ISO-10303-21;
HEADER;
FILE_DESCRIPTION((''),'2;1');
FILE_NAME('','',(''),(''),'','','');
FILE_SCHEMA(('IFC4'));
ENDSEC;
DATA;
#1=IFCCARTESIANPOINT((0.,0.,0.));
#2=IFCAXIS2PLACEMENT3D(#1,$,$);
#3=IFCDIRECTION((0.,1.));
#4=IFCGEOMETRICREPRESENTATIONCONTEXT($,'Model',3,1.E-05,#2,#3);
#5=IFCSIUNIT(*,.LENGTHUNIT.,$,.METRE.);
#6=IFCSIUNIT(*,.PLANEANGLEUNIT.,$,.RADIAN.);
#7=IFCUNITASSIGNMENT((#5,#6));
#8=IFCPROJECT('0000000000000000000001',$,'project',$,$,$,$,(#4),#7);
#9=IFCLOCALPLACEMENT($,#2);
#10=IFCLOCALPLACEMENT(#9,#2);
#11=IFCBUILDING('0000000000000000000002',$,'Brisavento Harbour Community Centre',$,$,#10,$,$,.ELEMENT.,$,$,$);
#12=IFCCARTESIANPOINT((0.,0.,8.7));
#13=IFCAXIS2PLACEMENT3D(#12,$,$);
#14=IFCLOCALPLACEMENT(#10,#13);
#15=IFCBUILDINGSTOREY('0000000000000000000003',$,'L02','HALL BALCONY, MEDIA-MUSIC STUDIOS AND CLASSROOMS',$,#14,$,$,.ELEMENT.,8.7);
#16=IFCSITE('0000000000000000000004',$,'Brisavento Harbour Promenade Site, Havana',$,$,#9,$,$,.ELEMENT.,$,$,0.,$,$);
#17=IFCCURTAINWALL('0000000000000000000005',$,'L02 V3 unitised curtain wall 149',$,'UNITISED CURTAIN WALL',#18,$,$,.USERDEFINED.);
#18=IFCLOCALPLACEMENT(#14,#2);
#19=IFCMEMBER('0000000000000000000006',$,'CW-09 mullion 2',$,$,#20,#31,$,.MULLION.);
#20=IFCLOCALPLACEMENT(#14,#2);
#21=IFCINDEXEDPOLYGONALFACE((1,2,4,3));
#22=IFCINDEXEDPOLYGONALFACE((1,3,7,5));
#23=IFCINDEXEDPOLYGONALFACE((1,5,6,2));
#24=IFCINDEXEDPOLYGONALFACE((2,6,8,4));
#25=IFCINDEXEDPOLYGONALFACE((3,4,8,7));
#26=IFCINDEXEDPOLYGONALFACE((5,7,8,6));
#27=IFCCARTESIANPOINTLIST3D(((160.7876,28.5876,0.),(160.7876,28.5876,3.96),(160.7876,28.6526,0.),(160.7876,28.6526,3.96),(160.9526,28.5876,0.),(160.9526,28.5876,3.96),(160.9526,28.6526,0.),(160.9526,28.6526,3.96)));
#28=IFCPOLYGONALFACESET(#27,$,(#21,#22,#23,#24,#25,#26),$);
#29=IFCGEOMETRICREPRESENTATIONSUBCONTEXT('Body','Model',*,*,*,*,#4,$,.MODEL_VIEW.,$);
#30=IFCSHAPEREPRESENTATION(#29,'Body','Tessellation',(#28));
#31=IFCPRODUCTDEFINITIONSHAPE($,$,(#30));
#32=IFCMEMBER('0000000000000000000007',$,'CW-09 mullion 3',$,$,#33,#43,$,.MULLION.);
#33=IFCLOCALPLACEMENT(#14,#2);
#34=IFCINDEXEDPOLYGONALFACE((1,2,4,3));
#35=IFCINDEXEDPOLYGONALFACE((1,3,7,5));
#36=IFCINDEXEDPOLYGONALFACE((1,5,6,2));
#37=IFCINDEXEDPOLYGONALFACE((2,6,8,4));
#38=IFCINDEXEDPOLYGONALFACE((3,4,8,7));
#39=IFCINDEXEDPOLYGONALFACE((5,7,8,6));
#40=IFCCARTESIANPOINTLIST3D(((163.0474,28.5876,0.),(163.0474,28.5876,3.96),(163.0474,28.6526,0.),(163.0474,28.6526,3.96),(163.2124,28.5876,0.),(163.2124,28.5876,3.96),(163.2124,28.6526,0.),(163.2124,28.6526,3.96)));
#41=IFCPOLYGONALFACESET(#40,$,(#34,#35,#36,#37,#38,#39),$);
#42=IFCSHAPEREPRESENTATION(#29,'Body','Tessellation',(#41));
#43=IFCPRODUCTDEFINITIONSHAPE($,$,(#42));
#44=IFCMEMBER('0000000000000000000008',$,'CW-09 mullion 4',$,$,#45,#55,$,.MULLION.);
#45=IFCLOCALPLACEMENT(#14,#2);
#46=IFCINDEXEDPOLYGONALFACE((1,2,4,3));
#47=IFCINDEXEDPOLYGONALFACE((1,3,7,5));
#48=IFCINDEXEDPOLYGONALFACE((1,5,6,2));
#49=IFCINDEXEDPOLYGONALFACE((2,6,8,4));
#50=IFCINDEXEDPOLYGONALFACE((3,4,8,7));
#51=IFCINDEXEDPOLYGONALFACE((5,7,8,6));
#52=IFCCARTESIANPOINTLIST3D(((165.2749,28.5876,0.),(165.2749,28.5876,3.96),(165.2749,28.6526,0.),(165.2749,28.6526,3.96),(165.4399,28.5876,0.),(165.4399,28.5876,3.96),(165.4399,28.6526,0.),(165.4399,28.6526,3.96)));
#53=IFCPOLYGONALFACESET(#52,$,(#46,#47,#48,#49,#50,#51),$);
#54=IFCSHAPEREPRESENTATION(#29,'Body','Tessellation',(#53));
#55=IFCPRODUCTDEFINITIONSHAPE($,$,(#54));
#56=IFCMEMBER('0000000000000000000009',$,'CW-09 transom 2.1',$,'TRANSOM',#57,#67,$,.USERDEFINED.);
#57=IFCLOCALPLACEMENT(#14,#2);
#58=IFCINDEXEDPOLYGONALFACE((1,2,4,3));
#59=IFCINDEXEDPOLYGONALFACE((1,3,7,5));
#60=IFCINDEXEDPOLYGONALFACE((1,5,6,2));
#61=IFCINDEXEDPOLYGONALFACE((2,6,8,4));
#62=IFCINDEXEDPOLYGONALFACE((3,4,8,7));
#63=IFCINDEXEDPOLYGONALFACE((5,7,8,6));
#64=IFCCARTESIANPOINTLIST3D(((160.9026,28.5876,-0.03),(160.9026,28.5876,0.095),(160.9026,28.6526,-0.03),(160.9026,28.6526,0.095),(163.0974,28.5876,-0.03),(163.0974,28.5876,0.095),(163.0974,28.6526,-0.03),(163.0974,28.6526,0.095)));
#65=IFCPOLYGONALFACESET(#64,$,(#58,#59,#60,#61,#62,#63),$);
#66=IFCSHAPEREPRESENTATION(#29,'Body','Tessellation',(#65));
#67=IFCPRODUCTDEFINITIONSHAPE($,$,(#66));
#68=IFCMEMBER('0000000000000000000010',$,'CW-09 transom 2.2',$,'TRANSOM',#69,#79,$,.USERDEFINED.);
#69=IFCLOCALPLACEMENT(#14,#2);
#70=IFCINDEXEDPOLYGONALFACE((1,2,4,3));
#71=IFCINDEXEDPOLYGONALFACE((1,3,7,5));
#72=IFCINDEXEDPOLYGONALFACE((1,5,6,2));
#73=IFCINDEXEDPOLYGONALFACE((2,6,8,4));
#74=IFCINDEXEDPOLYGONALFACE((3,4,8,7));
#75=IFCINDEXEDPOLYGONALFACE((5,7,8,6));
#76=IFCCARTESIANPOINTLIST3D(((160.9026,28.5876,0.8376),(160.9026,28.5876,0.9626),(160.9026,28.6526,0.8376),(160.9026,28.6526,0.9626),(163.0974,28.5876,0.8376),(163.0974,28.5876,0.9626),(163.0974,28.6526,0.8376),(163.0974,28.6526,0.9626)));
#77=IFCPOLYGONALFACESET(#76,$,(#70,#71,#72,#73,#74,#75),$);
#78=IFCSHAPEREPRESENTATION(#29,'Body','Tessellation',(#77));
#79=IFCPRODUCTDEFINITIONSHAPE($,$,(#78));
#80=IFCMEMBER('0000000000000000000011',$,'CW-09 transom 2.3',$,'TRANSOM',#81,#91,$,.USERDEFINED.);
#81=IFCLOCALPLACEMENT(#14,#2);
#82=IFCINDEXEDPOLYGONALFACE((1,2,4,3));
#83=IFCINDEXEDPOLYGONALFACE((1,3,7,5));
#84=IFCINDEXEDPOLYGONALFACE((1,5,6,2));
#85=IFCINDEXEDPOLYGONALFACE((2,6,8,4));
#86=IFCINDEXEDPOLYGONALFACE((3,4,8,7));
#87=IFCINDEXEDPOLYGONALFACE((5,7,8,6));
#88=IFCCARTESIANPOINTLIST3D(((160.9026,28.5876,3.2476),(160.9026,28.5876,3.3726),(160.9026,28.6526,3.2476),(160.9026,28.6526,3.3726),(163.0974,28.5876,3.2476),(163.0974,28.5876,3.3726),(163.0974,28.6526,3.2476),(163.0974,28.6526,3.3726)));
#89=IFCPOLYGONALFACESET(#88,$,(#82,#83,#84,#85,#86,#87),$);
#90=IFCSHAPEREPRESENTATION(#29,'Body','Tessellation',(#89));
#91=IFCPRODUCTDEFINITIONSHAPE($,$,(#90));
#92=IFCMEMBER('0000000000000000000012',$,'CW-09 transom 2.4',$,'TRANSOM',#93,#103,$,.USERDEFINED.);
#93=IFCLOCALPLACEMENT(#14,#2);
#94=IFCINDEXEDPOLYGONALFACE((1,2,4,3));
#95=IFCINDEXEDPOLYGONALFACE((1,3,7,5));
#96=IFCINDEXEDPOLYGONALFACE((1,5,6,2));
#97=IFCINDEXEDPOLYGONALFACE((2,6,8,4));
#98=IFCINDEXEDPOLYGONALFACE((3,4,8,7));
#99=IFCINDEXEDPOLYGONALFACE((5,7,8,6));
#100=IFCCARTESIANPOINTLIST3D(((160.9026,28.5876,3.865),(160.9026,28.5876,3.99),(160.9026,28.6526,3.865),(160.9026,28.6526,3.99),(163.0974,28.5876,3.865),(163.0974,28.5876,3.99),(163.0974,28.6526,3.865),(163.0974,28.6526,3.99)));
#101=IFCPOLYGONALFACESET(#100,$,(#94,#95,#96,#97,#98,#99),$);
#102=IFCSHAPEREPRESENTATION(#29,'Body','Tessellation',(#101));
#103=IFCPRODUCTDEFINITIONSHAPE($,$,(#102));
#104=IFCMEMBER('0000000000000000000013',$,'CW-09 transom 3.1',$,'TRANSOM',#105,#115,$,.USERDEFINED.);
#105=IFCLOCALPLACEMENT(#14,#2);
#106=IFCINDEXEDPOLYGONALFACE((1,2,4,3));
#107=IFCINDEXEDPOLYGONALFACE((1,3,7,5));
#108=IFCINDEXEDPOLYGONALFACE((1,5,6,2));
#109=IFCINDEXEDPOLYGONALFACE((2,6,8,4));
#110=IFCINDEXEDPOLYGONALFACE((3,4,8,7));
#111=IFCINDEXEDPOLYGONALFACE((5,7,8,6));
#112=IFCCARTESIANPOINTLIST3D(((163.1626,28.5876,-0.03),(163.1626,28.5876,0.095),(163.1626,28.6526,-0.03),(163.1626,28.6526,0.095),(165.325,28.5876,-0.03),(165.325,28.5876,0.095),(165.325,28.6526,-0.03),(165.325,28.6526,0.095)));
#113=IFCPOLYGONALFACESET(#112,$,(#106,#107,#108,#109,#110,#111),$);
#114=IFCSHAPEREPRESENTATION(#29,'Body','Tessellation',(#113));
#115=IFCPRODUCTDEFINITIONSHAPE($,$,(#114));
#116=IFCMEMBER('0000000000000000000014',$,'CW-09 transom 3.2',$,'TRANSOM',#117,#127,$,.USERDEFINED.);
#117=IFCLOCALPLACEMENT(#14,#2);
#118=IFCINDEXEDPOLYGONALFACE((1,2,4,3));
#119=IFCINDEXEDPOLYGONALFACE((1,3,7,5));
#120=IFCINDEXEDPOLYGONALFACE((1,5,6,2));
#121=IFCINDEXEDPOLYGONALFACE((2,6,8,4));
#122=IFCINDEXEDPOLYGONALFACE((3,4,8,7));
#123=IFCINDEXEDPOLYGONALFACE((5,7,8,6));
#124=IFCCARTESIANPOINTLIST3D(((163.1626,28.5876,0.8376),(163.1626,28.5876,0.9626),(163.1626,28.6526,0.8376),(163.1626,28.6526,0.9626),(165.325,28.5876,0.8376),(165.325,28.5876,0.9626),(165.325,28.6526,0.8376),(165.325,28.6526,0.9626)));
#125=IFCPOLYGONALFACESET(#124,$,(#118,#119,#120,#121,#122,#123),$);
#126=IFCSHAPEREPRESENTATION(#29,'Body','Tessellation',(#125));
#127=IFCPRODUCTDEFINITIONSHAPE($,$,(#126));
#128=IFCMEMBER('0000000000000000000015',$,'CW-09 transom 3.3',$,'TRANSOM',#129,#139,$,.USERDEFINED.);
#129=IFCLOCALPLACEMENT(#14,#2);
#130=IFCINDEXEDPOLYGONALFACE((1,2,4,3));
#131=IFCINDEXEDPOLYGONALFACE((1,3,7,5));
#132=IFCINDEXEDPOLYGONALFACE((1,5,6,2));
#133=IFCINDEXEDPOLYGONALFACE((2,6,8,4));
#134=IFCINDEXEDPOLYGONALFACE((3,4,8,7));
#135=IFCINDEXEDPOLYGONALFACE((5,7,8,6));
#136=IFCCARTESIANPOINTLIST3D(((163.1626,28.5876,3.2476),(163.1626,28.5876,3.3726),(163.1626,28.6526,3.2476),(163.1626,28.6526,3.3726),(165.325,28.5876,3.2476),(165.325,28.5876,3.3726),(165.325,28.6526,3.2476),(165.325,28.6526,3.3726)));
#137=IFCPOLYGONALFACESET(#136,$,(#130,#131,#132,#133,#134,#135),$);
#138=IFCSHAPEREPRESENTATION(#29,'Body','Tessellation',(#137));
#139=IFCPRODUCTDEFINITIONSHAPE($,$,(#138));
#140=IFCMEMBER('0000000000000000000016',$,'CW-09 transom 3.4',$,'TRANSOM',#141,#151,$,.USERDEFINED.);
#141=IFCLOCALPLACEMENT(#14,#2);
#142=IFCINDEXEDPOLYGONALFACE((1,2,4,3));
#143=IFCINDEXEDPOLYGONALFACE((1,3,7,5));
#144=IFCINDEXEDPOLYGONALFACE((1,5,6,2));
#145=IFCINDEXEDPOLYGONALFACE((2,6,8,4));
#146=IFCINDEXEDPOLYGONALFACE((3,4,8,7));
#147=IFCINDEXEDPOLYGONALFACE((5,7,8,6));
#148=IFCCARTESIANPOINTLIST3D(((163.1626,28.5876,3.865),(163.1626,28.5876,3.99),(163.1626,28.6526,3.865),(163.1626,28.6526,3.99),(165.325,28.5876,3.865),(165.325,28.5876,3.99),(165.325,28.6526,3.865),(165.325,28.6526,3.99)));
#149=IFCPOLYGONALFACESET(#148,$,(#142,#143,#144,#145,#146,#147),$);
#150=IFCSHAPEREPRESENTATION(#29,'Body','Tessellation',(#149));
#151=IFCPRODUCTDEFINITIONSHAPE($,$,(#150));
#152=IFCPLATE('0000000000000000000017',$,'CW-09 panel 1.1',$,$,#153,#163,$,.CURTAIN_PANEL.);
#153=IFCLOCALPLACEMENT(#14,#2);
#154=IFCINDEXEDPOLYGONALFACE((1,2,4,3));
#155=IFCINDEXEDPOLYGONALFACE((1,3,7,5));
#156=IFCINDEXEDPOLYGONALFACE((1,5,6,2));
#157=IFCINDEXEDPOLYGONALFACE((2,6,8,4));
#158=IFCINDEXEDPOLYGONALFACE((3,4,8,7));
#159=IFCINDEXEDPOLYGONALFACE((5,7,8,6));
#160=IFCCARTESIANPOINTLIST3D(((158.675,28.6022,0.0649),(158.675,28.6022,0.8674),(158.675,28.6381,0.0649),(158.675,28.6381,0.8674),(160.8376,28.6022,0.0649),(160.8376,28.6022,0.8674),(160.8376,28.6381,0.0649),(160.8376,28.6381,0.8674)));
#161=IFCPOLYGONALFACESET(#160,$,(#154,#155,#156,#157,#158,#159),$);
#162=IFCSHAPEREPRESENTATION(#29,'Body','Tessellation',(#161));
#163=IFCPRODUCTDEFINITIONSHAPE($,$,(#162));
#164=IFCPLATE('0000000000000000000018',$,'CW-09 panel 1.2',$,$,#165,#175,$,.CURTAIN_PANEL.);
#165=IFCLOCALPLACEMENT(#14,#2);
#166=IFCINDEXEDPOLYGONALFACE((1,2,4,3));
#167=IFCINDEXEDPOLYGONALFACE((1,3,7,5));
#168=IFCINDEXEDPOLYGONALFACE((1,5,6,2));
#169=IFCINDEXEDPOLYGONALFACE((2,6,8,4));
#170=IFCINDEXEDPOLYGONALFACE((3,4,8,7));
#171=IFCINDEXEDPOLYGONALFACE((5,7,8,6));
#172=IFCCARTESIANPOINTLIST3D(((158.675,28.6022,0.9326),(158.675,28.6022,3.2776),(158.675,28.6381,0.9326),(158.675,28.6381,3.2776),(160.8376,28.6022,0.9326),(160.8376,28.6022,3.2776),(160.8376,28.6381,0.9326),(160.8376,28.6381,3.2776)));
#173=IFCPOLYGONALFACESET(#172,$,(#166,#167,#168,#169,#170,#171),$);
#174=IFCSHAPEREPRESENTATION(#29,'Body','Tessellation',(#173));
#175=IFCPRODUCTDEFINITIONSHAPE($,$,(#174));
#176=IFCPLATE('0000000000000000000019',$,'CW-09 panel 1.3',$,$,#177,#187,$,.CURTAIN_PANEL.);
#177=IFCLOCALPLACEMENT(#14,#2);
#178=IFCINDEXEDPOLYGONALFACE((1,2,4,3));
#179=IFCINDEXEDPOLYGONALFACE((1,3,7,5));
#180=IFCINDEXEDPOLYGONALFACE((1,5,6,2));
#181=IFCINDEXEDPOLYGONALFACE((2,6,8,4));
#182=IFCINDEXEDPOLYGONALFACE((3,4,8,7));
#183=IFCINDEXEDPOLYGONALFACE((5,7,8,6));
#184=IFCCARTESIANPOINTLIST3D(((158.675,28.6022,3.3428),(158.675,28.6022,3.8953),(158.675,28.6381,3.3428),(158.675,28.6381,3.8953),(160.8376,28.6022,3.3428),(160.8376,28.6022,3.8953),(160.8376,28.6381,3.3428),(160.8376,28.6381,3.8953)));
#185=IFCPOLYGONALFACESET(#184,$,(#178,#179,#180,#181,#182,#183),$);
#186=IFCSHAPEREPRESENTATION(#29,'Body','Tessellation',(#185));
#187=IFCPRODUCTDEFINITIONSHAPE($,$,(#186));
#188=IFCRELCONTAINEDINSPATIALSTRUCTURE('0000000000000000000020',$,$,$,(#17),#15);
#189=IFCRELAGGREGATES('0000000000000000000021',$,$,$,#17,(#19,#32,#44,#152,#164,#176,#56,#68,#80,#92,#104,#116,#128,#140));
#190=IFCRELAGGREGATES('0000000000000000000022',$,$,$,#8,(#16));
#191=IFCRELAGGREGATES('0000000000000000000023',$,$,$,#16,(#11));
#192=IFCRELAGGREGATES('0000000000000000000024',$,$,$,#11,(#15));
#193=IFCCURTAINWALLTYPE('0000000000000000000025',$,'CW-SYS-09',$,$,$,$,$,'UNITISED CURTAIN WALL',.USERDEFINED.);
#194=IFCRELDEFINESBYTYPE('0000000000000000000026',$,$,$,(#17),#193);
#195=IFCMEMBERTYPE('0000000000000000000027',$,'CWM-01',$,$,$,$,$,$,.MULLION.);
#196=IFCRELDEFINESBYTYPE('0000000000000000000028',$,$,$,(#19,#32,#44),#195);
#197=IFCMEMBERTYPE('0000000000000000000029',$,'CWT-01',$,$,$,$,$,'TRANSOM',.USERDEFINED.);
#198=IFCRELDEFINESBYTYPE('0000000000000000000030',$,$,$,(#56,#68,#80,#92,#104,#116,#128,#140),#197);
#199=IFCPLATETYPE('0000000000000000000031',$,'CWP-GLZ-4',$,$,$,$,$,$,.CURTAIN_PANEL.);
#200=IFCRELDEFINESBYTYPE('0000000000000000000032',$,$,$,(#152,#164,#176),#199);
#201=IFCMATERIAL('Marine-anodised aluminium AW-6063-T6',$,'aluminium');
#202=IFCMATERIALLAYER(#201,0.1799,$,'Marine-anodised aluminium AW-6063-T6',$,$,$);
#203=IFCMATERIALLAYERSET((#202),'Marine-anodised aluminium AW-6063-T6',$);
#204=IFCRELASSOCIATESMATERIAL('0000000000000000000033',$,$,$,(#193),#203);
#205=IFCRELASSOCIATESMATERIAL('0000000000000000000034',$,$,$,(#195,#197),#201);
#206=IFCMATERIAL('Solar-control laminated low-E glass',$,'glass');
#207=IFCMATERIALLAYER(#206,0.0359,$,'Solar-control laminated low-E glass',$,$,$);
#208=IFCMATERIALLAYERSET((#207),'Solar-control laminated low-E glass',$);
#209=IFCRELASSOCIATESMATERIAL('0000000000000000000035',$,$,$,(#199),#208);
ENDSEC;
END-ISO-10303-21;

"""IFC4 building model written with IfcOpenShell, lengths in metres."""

from ifc_helpers import new_model, si_unit, direction, frame, origin, origin_2d, place, context, subcontext, project, spatial, rectangle, extrude, material, layer, layer_set, material_profile, profile_set, type_object, element, aggregate, save


model = new_model("IFC4")

# Units and contexts
model_context = context("Model", 3, precision=1e-05, world=origin(), true_north=direction((0.0, 1.0)))
body_context = subcontext(model_context, "Body", "Model", "MODEL_VIEW")
ifc_project = project(units=[si_unit("LENGTHUNIT", "METRE"), si_unit("PLANEANGLEUNIT", "RADIAN")], contexts=[model_context])

# Site, building, storey
site_placement = place(None, origin())
site = spatial("IfcSite", under=ifc_project, at=site_placement, Name="Brisavento Harbour Promenade Site, Havana", CompositionType="ELEMENT", RefElevation=0.0)
building_placement = place(site_placement, origin())
building = spatial("IfcBuilding", under=site, at=building_placement, Name="Brisavento Harbour Community Centre", CompositionType="ELEMENT")
storey_placement = place(building_placement, frame((0.0, 0.0, 8.7)))
storey = spatial("IfcBuildingStorey", under=building, at=storey_placement, Name="L02", Description="HALL BALCONY, MEDIA-MUSIC STUDIOS AND CLASSROOMS", CompositionType="ELEMENT", Elevation=8.7)

# Curtain wall, members, plates
ifc_material_1 = material(Name="Marine-anodised aluminium AW-6063-T6", Category="aluminium")
ifc_layer_1 = layer(ifc_material_1, 0.1799, Name="Marine-anodised aluminium AW-6063-T6")
ifc_layer_set_1 = layer_set([ifc_layer_1], Name="Marine-anodised aluminium AW-6063-T6")
curtain_wall_type = type_object("IfcCurtainWallType", Name="CW-SYS-09", ElementType="UNITISED CURTAIN WALL", PredefinedType="USERDEFINED", material=ifc_layer_set_1)
curtain_wall_placement = place(storey_placement, origin())
curtain_wall = element("IfcCurtainWall", 1, at=curtain_wall_placement, inside=storey, type_object=curtain_wall_type, Name="L02 V3 unitised curtain wall 149", ObjectType="UNITISED CURTAIN WALL", PredefinedType="USERDEFINED")
ifc_material_profile_1 = material_profile(ifc_material_1, rectangle(XDim=0.0649, YDim=0.165, at=origin_2d()), Name="Marine-anodised aluminium AW-6063-T6")
ifc_profile_set_1 = profile_set([ifc_material_profile_1], Name="Marine-anodised aluminium AW-6063-T6")
member_type_1 = type_object("IfcMemberType", Name="CWM-01", PredefinedType="MULLION", material=ifc_profile_set_1)
member_1_placement = place(storey_placement, frame((160.8701, 28.6201, 0.0), z_axis=(0.0, 0.0, 1.0), x_axis=(0.0, 1.0, 0.0)))
member_1 = element("IfcMember", 2, at=member_1_placement, type_object=member_type_1, Name="CW-09 mullion 2", PredefinedType="MULLION", context=body_context, shape_type="SweptSolid", body=[
    extrude(rectangle(XDim=0.0649, YDim=0.165, at=origin_2d()), origin(), (0.0, 0.0, 1.0), 3.96),
])
member_2_placement = place(storey_placement, frame((163.1299, 28.6201, 0.0), z_axis=(0.0, 0.0, 1.0), x_axis=(0.0, 1.0, 0.0)))
member_2 = element("IfcMember", 3, at=member_2_placement, type_object=member_type_1, Name="CW-09 mullion 3", PredefinedType="MULLION", context=body_context, shape_type="SweptSolid", body=[
    extrude(rectangle(XDim=0.0649, YDim=0.165, at=origin_2d()), origin(), (0.0, 0.0, 1.0), 3.96),
])
member_3_placement = place(storey_placement, frame((165.3574, 28.6201, 0.0), z_axis=(0.0, 0.0, 1.0), x_axis=(0.0, 1.0, 0.0)))
member_3 = element("IfcMember", 4, at=member_3_placement, type_object=member_type_1, Name="CW-09 mullion 4", PredefinedType="MULLION", context=body_context, shape_type="SweptSolid", body=[
    extrude(rectangle(XDim=0.0649, YDim=0.165, at=origin_2d()), origin(), (0.0, 0.0, 1.0), 3.96),
])
ifc_material_profile_2 = material_profile(ifc_material_1, rectangle(XDim=0.0649, YDim=0.125, at=origin_2d()), Name="Marine-anodised aluminium AW-6063-T6")
ifc_profile_set_2 = profile_set([ifc_material_profile_2], Name="Marine-anodised aluminium AW-6063-T6")
member_type_2 = type_object("IfcMemberType", Name="CWT-01", ElementType="TRANSOM", PredefinedType="USERDEFINED", material=ifc_profile_set_2)
member_4_placement = place(storey_placement, frame((160.9026, 28.6201, 0.0325), z_axis=(1.0, 0.0, 0.0), x_axis=(0.0, 1.0, 0.0)))
member_4 = element("IfcMember", 5, at=member_4_placement, type_object=member_type_2, Name="CW-09 transom 2.1", ObjectType="TRANSOM", PredefinedType="USERDEFINED", context=body_context, shape_type="SweptSolid", body=[
    extrude(rectangle(XDim=0.0649, YDim=0.125, at=origin_2d()), origin(), (0.0, 0.0, 1.0), 2.1948),
])
member_5_placement = place(storey_placement, frame((160.9026, 28.6201, 0.9001), z_axis=(1.0, 0.0, 0.0), x_axis=(0.0, 1.0, 0.0)))
member_5 = element("IfcMember", 6, at=member_5_placement, type_object=member_type_2, Name="CW-09 transom 2.2", ObjectType="TRANSOM", PredefinedType="USERDEFINED", context=body_context, shape_type="SweptSolid", body=[
    extrude(rectangle(XDim=0.0649, YDim=0.125, at=origin_2d()), origin(), (0.0, 0.0, 1.0), 2.1948),
])
member_6_placement = place(storey_placement, frame((160.9026, 28.6201, 3.3101), z_axis=(1.0, 0.0, 0.0), x_axis=(0.0, 1.0, 0.0)))
member_6 = element("IfcMember", 7, at=member_6_placement, type_object=member_type_2, Name="CW-09 transom 2.3", ObjectType="TRANSOM", PredefinedType="USERDEFINED", context=body_context, shape_type="SweptSolid", body=[
    extrude(rectangle(XDim=0.0649, YDim=0.125, at=origin_2d()), origin(), (0.0, 0.0, 1.0), 2.1948),
])
member_7_placement = place(storey_placement, frame((160.9026, 28.6201, 3.9275), z_axis=(1.0, 0.0, 0.0), x_axis=(0.0, 1.0, 0.0)))
member_7 = element("IfcMember", 8, at=member_7_placement, type_object=member_type_2, Name="CW-09 transom 2.4", ObjectType="TRANSOM", PredefinedType="USERDEFINED", context=body_context, shape_type="SweptSolid", body=[
    extrude(rectangle(XDim=0.0649, YDim=0.125, at=origin_2d()), origin(), (0.0, 0.0, 1.0), 2.1948),
])
member_8_placement = place(storey_placement, frame((163.1626, 28.6201, 0.0325), z_axis=(1.0, 0.0, 0.0), x_axis=(0.0, 1.0, 0.0)))
member_8 = element("IfcMember", 9, at=member_8_placement, type_object=member_type_2, Name="CW-09 transom 3.1", ObjectType="TRANSOM", PredefinedType="USERDEFINED", context=body_context, shape_type="SweptSolid", body=[
    extrude(rectangle(XDim=0.0649, YDim=0.125, at=origin_2d()), origin(), (0.0, 0.0, 1.0), 2.1624),
])
member_9_placement = place(storey_placement, frame((163.1626, 28.6201, 0.9001), z_axis=(1.0, 0.0, 0.0), x_axis=(0.0, 1.0, 0.0)))
member_9 = element("IfcMember", 10, at=member_9_placement, type_object=member_type_2, Name="CW-09 transom 3.2", ObjectType="TRANSOM", PredefinedType="USERDEFINED", context=body_context, shape_type="SweptSolid", body=[
    extrude(rectangle(XDim=0.0649, YDim=0.125, at=origin_2d()), origin(), (0.0, 0.0, 1.0), 2.1624),
])
member_10_placement = place(storey_placement, frame((163.1626, 28.6201, 3.3101), z_axis=(1.0, 0.0, 0.0), x_axis=(0.0, 1.0, 0.0)))
member_10 = element("IfcMember", 11, at=member_10_placement, type_object=member_type_2, Name="CW-09 transom 3.3", ObjectType="TRANSOM", PredefinedType="USERDEFINED", context=body_context, shape_type="SweptSolid", body=[
    extrude(rectangle(XDim=0.0649, YDim=0.125, at=origin_2d()), origin(), (0.0, 0.0, 1.0), 2.1624),
])
member_11_placement = place(storey_placement, frame((163.1626, 28.6201, 3.9275), z_axis=(1.0, 0.0, 0.0), x_axis=(0.0, 1.0, 0.0)))
member_11 = element("IfcMember", 12, at=member_11_placement, type_object=member_type_2, Name="CW-09 transom 3.4", ObjectType="TRANSOM", PredefinedType="USERDEFINED", context=body_context, shape_type="SweptSolid", body=[
    extrude(rectangle(XDim=0.0649, YDim=0.125, at=origin_2d()), origin(), (0.0, 0.0, 1.0), 2.1624),
])
ifc_material_2 = material(Name="Solar-control laminated low-E glass", Category="glass")
ifc_layer_2 = layer(ifc_material_2, 0.0359, Name="Solar-control laminated low-E glass")
ifc_layer_set_2 = layer_set([ifc_layer_2], Name="Solar-control laminated low-E glass")
plate_type = type_object("IfcPlateType", Name="CWP-GLZ-4", PredefinedType="CURTAIN_PANEL", material=ifc_layer_set_2)
plate_1_placement = place(storey_placement, frame((159.7563, 28.6201, 0.0649), z_axis=(0.0, 0.0, 1.0), x_axis=(1.0, 0.0, 0.0)))
plate_1 = element("IfcPlate", 13, at=plate_1_placement, type_object=plate_type, Name="CW-09 panel 1.1", PredefinedType="CURTAIN_PANEL", context=body_context, shape_type="SweptSolid", body=[
    extrude(rectangle(XDim=2.1626, YDim=0.0359, at=origin_2d()), origin(), (0.0, 0.0, 1.0), 0.8025),
])
plate_2_placement = place(storey_placement, frame((159.7563, 28.6201, 0.9326), z_axis=(0.0, 0.0, 1.0), x_axis=(1.0, 0.0, 0.0)))
plate_2 = element("IfcPlate", 14, at=plate_2_placement, type_object=plate_type, Name="CW-09 panel 1.2", PredefinedType="CURTAIN_PANEL", context=body_context, shape_type="SweptSolid", body=[
    extrude(rectangle(XDim=2.1626, YDim=0.0359, at=origin_2d()), origin(), (0.0, 0.0, 1.0), 2.345),
])
plate_3_placement = place(storey_placement, frame((159.7563, 28.6201, 3.3428), z_axis=(0.0, 0.0, 1.0), x_axis=(1.0, 0.0, 0.0)))
plate_3 = element("IfcPlate", 15, at=plate_3_placement, type_object=plate_type, Name="CW-09 panel 1.3", PredefinedType="CURTAIN_PANEL", context=body_context, shape_type="SweptSolid", body=[
    extrude(rectangle(XDim=2.1626, YDim=0.0359, at=origin_2d()), origin(), (0.0, 0.0, 1.0), 0.5525),
])
aggregate(curtain_wall, [member_1, member_2, member_3, plate_1, plate_2, plate_3, member_4, member_5, member_6, member_7, member_8, member_9, member_10, member_11])

save(model, "model.ifc")
